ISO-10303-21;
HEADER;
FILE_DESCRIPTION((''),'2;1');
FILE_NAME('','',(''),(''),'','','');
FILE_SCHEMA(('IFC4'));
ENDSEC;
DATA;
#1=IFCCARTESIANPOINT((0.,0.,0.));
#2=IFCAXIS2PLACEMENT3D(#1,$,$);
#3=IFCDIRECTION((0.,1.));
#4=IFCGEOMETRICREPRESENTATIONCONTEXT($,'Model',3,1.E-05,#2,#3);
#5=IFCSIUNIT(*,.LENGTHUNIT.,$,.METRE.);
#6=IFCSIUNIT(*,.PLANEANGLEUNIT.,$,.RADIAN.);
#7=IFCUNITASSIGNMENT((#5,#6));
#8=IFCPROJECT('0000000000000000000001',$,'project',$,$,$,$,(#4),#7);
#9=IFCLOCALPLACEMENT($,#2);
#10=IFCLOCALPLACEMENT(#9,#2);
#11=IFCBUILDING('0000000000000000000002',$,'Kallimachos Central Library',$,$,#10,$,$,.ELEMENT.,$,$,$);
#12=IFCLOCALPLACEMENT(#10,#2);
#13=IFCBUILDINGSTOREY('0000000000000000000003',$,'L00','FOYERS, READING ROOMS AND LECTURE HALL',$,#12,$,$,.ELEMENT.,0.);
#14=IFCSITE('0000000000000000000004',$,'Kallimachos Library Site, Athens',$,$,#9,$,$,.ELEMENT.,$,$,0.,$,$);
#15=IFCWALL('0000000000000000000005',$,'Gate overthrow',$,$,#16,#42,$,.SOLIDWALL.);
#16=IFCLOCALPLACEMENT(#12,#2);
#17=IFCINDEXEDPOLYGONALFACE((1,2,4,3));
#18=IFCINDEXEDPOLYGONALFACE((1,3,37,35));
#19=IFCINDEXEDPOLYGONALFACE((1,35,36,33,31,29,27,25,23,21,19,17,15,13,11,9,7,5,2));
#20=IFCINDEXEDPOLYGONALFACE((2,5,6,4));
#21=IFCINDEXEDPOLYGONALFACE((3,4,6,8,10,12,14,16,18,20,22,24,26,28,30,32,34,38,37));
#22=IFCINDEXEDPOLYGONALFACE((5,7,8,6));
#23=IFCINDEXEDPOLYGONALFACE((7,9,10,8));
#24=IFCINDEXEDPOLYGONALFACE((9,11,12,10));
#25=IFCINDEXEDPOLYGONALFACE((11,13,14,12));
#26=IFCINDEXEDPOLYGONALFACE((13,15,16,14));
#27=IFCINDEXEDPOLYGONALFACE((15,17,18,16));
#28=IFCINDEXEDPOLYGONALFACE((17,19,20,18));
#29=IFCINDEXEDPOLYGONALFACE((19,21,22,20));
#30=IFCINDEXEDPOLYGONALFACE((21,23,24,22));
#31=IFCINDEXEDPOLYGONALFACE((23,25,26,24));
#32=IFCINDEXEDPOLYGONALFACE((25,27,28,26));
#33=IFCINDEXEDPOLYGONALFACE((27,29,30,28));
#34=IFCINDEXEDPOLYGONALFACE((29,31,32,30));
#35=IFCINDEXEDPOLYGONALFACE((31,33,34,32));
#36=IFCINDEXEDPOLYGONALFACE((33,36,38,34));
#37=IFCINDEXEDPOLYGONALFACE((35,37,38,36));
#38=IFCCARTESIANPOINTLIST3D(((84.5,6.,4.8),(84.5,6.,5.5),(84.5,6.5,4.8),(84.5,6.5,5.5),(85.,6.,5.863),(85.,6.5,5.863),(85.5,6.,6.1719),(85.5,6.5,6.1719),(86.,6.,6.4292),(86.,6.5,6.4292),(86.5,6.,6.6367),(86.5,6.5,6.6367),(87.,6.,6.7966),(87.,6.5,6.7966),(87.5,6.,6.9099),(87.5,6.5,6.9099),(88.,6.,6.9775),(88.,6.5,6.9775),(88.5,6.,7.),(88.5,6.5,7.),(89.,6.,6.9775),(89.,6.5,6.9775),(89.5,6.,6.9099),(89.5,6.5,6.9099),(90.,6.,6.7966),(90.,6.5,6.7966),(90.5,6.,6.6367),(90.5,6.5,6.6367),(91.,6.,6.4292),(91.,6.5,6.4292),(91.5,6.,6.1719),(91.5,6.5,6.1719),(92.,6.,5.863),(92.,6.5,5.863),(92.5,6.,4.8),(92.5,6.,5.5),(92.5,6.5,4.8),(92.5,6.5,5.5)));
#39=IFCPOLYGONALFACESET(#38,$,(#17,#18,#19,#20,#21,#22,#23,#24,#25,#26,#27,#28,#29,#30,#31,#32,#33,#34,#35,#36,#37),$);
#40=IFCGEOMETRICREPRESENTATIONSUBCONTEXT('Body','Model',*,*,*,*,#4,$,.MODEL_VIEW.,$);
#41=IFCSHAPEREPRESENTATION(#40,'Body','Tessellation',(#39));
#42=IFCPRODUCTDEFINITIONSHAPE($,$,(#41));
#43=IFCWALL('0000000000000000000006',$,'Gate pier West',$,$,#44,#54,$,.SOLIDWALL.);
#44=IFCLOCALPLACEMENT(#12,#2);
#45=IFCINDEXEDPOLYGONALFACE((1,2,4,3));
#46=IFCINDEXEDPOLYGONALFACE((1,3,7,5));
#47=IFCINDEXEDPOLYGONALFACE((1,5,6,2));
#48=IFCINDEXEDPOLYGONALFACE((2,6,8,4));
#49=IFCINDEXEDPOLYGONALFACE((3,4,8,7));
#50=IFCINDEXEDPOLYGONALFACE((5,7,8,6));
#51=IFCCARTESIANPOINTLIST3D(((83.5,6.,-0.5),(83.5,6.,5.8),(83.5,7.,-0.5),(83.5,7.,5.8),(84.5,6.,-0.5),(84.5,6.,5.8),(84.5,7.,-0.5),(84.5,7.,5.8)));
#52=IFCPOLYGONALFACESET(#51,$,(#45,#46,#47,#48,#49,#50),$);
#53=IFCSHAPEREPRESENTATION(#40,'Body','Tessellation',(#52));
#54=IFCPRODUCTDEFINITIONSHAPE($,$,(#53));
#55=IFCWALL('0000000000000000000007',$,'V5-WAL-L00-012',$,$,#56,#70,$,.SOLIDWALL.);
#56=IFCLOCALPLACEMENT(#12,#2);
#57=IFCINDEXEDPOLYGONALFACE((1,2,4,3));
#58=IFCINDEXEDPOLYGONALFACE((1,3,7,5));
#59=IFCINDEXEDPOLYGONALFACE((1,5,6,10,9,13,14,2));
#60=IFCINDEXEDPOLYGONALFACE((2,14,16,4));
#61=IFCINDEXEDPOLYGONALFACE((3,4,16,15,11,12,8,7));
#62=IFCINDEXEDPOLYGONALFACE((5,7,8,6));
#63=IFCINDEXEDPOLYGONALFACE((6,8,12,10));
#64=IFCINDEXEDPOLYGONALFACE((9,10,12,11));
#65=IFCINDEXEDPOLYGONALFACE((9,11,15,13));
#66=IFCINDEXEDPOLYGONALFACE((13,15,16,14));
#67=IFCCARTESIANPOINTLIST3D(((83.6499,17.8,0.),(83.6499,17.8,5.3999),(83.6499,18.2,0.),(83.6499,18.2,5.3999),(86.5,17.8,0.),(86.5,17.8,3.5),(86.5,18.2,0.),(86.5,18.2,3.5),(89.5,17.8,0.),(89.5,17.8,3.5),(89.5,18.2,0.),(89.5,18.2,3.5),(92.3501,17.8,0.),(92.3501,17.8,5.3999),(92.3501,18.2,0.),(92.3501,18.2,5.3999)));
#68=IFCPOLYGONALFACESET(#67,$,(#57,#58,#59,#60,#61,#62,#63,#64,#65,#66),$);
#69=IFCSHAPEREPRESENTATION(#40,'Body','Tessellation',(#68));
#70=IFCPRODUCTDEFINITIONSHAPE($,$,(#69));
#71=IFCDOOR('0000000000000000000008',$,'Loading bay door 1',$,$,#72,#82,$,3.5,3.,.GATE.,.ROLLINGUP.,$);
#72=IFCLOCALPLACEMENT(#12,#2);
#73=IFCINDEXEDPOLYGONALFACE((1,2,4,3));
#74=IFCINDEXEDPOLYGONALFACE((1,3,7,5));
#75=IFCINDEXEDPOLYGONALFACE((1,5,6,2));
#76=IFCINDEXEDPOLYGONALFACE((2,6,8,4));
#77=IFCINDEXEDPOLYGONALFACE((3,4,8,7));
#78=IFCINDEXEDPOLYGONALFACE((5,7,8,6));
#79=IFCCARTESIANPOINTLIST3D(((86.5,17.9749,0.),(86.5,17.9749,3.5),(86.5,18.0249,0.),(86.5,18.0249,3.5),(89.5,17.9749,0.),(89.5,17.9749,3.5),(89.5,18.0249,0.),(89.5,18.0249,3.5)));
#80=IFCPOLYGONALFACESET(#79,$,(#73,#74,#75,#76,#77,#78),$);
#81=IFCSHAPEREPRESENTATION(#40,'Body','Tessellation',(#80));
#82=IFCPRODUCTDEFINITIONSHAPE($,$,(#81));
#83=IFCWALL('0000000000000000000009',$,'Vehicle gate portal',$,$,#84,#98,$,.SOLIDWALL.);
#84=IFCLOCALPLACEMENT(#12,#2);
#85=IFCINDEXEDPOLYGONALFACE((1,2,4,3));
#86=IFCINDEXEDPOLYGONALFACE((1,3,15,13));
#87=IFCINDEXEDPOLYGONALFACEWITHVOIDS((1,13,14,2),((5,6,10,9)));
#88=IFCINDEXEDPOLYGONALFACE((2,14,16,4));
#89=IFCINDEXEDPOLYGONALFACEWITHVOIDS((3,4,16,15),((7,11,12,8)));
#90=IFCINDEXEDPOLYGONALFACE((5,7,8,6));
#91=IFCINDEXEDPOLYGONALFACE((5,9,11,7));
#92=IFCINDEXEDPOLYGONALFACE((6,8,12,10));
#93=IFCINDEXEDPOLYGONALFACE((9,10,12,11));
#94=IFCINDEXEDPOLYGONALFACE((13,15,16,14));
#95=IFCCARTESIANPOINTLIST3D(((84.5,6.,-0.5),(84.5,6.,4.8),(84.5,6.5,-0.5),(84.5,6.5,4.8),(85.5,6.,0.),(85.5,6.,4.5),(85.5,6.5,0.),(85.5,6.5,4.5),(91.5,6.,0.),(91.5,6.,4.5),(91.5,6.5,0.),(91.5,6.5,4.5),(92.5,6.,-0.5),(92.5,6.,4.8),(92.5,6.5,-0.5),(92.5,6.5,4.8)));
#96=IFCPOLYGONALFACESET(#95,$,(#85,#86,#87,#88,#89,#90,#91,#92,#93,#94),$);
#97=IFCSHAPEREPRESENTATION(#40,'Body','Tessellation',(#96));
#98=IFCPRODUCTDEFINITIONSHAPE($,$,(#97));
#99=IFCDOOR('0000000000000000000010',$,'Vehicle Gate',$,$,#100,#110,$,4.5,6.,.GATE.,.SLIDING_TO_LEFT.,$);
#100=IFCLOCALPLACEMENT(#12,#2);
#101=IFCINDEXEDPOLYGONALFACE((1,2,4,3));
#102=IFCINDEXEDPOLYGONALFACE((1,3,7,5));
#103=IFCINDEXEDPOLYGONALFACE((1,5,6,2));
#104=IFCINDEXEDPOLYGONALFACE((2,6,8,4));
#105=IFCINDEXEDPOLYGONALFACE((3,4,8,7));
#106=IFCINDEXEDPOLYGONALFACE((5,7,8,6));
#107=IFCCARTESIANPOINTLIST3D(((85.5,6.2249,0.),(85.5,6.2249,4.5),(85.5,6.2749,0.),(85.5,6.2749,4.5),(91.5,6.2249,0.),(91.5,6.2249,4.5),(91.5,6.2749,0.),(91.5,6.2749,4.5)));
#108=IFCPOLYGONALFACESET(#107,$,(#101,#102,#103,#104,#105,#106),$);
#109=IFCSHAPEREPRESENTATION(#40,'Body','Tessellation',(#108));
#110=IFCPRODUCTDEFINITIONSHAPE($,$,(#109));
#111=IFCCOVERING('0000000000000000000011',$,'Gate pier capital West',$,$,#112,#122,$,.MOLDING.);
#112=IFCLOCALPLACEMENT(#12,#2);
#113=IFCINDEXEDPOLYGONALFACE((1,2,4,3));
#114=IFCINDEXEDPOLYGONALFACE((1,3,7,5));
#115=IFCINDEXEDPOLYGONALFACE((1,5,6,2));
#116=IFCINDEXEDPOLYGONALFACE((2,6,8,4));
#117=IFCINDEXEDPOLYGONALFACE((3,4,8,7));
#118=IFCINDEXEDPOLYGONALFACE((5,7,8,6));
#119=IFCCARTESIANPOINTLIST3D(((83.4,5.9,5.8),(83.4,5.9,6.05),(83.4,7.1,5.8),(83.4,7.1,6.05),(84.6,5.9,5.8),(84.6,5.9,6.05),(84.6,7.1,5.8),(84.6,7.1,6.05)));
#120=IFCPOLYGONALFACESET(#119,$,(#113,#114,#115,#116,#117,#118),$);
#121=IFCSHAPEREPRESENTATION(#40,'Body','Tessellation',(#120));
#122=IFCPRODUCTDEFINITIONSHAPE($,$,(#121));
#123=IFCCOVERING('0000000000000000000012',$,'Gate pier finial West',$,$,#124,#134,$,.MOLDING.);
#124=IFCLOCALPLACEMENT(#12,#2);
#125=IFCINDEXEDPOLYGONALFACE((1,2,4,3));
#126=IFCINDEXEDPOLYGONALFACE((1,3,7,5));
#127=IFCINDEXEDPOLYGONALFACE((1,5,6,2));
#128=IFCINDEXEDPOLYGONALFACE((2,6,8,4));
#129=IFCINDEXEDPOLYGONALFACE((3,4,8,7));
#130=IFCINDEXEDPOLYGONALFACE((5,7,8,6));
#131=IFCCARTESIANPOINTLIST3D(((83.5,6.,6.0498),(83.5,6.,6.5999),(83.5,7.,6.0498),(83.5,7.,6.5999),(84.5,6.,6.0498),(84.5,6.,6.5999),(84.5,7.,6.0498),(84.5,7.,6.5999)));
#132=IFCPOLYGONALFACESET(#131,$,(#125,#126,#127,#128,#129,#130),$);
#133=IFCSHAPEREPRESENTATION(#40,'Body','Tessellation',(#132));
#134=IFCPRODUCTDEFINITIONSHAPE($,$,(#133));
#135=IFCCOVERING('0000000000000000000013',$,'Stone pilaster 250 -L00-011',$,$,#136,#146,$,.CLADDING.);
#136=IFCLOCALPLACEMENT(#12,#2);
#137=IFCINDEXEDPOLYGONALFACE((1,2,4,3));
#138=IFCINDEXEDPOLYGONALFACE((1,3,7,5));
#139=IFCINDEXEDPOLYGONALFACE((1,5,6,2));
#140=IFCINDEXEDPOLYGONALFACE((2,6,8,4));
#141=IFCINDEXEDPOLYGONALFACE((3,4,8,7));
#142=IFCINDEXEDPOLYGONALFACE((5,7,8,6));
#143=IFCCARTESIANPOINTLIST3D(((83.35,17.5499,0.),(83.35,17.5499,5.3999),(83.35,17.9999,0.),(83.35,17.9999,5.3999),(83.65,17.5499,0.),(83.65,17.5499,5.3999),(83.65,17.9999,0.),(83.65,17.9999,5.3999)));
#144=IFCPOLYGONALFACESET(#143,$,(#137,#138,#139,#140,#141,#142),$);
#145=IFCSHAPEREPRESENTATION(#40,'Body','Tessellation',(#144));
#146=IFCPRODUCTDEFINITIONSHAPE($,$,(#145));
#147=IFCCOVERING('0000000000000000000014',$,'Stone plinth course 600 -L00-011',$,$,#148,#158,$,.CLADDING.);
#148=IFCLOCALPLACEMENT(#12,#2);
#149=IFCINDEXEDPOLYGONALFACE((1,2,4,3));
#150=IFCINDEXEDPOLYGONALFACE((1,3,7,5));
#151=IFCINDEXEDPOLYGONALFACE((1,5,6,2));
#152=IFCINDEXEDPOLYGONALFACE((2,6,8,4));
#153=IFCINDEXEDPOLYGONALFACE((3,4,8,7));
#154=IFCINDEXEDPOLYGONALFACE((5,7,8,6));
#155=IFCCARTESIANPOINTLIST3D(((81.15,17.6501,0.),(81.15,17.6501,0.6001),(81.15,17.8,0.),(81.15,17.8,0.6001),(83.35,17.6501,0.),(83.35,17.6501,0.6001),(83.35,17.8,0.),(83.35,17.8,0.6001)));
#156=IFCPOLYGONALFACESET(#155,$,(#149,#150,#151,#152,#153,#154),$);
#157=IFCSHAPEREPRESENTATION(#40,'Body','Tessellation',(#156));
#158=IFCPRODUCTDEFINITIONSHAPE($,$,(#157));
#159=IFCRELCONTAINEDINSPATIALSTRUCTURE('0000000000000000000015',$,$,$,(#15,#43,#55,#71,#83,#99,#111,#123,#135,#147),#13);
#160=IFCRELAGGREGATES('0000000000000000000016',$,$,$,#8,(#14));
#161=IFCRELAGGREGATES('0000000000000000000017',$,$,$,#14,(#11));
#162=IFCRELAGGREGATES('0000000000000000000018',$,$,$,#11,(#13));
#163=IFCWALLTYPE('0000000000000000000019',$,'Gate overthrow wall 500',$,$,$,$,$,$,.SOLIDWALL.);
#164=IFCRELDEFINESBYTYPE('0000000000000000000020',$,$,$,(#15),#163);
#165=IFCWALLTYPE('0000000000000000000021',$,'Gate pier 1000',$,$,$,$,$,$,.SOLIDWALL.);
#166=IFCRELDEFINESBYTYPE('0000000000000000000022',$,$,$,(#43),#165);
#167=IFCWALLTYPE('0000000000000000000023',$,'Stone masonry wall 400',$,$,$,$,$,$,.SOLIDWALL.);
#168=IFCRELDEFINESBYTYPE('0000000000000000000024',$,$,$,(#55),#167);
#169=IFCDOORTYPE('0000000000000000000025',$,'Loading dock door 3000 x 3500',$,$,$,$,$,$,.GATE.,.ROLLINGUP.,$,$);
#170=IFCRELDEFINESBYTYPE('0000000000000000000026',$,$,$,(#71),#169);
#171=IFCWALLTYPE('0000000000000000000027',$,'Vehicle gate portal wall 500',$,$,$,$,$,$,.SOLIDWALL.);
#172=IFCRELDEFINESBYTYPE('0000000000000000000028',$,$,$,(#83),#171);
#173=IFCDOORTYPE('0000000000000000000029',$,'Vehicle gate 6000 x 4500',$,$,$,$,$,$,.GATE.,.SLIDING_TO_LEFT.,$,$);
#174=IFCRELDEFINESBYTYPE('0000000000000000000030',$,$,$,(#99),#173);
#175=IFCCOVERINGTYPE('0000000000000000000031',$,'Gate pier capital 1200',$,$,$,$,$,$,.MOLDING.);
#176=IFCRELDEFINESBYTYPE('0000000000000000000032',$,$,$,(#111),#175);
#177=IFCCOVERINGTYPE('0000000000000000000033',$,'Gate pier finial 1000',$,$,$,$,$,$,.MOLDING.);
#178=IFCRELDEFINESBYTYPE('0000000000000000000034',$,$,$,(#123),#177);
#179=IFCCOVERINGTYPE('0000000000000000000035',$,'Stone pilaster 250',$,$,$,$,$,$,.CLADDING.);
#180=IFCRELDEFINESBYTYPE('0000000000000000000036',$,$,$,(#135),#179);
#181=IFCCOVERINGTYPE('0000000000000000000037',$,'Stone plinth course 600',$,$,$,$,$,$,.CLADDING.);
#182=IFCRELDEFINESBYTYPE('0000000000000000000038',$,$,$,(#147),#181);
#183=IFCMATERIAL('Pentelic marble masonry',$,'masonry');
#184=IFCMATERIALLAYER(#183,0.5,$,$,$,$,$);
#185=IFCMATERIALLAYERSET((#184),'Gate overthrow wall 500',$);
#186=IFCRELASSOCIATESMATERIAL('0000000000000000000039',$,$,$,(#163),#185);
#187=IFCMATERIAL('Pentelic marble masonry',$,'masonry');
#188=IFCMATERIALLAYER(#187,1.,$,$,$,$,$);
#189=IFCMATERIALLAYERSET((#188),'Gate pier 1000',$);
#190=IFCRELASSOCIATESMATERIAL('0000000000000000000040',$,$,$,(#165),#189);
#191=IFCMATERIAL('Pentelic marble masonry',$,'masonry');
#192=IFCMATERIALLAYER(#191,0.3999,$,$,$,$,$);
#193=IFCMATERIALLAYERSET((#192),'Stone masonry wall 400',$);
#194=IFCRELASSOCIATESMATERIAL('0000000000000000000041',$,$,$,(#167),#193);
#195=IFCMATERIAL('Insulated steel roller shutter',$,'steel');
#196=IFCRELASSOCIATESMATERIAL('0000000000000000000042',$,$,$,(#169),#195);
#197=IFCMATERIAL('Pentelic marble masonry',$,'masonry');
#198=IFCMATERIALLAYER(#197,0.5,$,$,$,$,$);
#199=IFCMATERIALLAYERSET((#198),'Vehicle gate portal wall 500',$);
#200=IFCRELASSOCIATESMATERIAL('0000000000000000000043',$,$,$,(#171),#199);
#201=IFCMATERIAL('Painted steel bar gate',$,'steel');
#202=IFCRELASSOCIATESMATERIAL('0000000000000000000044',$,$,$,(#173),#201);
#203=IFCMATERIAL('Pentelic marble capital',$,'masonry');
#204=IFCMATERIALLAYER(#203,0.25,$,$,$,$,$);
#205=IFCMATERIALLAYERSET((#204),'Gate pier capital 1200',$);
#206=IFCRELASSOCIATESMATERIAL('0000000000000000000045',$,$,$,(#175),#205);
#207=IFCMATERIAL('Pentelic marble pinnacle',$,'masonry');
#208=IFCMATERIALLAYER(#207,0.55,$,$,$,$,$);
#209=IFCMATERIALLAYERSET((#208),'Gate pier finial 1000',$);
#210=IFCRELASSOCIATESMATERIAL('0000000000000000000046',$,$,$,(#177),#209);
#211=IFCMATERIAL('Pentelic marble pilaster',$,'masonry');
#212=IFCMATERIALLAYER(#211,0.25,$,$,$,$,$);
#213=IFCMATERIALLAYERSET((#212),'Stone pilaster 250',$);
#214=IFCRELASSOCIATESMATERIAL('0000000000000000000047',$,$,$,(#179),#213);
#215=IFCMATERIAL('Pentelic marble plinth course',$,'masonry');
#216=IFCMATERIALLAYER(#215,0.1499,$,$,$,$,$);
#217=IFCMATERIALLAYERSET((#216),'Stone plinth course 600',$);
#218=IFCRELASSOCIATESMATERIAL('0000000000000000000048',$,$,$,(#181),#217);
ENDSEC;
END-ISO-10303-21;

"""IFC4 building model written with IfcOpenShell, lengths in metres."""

from ifc_helpers import new_model, si_unit, direction, frame, frame_2d, origin, origin_2d, place, context, subcontext, project, spatial, polyline, rectangle, outline, extrude, material, layer, layer_set, type_object, element, fill, save


model = new_model("IFC4")

# Units and contexts
model_context = context("Model", 3, precision=1e-05, world=origin(), true_north=direction((0.0, 1.0)))
body_context = subcontext(model_context, "Body", "Model", "MODEL_VIEW")
ifc_project = project(units=[si_unit("LENGTHUNIT", "METRE"), si_unit("PLANEANGLEUNIT", "RADIAN")], contexts=[model_context])

# Site, building, storey
site_placement = place(None, origin())
site = spatial("IfcSite", under=ifc_project, at=site_placement, Name="Kallimachos Library Site, Athens", CompositionType="ELEMENT", RefElevation=0.0)
building_placement = place(site_placement, origin())
building = spatial("IfcBuilding", under=site, at=building_placement, Name="Kallimachos Central Library", CompositionType="ELEMENT")
storey_placement = place(building_placement, origin())
storey = spatial("IfcBuildingStorey", under=building, at=storey_placement, Name="L00", Description="FOYERS, READING ROOMS AND LECTURE HALL", CompositionType="ELEMENT", Elevation=0.0)

# Walls
ifc_material_1 = material(Name="Pentelic marble masonry", Category="masonry")
ifc_layer_1 = layer(ifc_material_1, 0.5)
ifc_layer_set_1 = layer_set([ifc_layer_1], Name="Gate overthrow wall 500")
wall_type_1 = type_object("IfcWallType", Name="Gate overthrow wall 500", PredefinedType="SOLIDWALL", material=ifc_layer_set_1)
wall_1_placement = place(storey_placement, frame((84.5, 6.25, 4.8), z_axis=(0.0, 0.0, 1.0), x_axis=(1.0, 0.0, 0.0)))
element("IfcWall", 1, at=wall_1_placement, inside=storey, type_object=wall_type_1, Name="Gate overthrow", PredefinedType="SOLIDWALL", context=body_context, shape_type="SweptSolid", body=[
    extrude(outline(polyline([(0.0, 0.0), (8.0, 0.0), (8.0, 0.7), (7.5, 1.063), (7.0, 1.3718), (6.5, 1.6292), (6.0, 1.8367), (5.5, 1.9966), (5.0, 2.1099), (4.5, 2.1775), (4.0, 2.2), (3.5, 2.1775), (3.0, 2.1099), (2.5, 1.9966), (2.0, 1.8367), (1.5, 1.6292), (1.0, 1.3718), (0.5, 1.063), (0.0, 0.7), (0.0, 0.0)])), frame((0.0, 0.25, 0.0), z_axis=(0.0, -1.0, 0.0), x_axis=(1.0, 0.0, 0.0)), (0.0, 0.0, 1.0), 0.5),
])
ifc_material_2 = material(Name="Pentelic marble masonry", Category="masonry")
ifc_layer_2 = layer(ifc_material_2, 1.0)
ifc_layer_set_2 = layer_set([ifc_layer_2], Name="Gate pier 1000")
wall_type_2 = type_object("IfcWallType", Name="Gate pier 1000", PredefinedType="SOLIDWALL", material=ifc_layer_set_2)
wall_2_placement = place(storey_placement, frame((84.0, 6.0, -0.5), z_axis=(0.0, 0.0, 1.0), x_axis=(0.0, 1.0, 0.0)))
element("IfcWall", 2, at=wall_2_placement, inside=storey, type_object=wall_type_2, Name="Gate pier West", PredefinedType="SOLIDWALL", context=body_context, shape_type="SweptSolid", body=[
    extrude(rectangle(XDim=1.0, YDim=1.0, at=frame_2d((0.5, 0.0))), origin(), (0.0, 0.0, 1.0), 6.3),
])

# Walls, openings, doors
ifc_material_3 = material(Name="Pentelic marble masonry", Category="masonry")
ifc_layer_3 = layer(ifc_material_3, 0.3999)
ifc_layer_set_3 = layer_set([ifc_layer_3], Name="Stone masonry wall 400")
wall_type_3 = type_object("IfcWallType", Name="Stone masonry wall 400", PredefinedType="SOLIDWALL", material=ifc_layer_set_3)
wall_3_placement = place(storey_placement, frame((83.6499, 18.0, 0.0), z_axis=(0.0, 0.0, 1.0), x_axis=(1.0, 0.0, 0.0)))
wall_3 = element("IfcWall", 3, at=wall_3_placement, inside=storey, type_object=wall_type_3, Name="V5-WAL-L00-012", PredefinedType="SOLIDWALL", context=body_context, shape_type="SweptSolid", body=[
    extrude(rectangle(XDim=8.7002, YDim=0.3999, at=frame_2d((4.3501, 0.0))), origin(), (0.0, 0.0, 1.0), 5.3999),
])
opening_1_placement = place(wall_3_placement, frame((2.8501, 0.0, 0.0)))
opening_1 = element("IfcOpeningElement", 4, at=opening_1_placement, cuts=wall_3, PredefinedType="OPENING", context=body_context, shape_type="SweptSolid", body=[
    extrude(rectangle(XDim=3.0, YDim=3.5, at=frame_2d((1.5, 1.75))), frame((0.0, 0.21, 0.0), z_axis=(0.0, -1.0, 0.0), x_axis=(1.0, 0.0, 0.0)), (0.0, 0.0, 1.0), 0.4199),
])
ifc_material_4 = material(Name="Insulated steel roller shutter", Category="steel")
door_type_1 = type_object("IfcDoorType", Name="Loading dock door 3000 x 3500", OperationType="ROLLINGUP", PredefinedType="GATE", material=ifc_material_4)
door_1_placement = place(opening_1_placement, origin())
door_1 = element("IfcDoor", 5, at=door_1_placement, inside=storey, type_object=door_type_1, Name="Loading bay door 1", OperationType="ROLLINGUP", OverallHeight=3.5, OverallWidth=3.0, PredefinedType="GATE", context=body_context, shape_type="SweptSolid", body=[
    extrude(rectangle(XDim=3.0, YDim=3.5, at=frame_2d((1.5, 1.75))), frame((0.0, 0.0249, 0.0), z_axis=(0.0, -1.0, 0.0), x_axis=(1.0, 0.0, 0.0)), (0.0, 0.0, 1.0), 0.05),
])
fill(opening_1, door_1)
ifc_material_5 = material(Name="Pentelic marble masonry", Category="masonry")
ifc_layer_4 = layer(ifc_material_5, 0.5)
ifc_layer_set_4 = layer_set([ifc_layer_4], Name="Vehicle gate portal wall 500")
wall_type_4 = type_object("IfcWallType", Name="Vehicle gate portal wall 500", PredefinedType="SOLIDWALL", material=ifc_layer_set_4)
wall_4_placement = place(storey_placement, frame((84.5, 6.25, -0.5), z_axis=(0.0, 0.0, 1.0), x_axis=(1.0, 0.0, 0.0)))
wall_4 = element("IfcWall", 6, at=wall_4_placement, inside=storey, type_object=wall_type_4, Name="Vehicle gate portal", PredefinedType="SOLIDWALL", context=body_context, shape_type="SweptSolid", body=[
    extrude(rectangle(XDim=8.0, YDim=0.5, at=frame_2d((4.0, 0.0))), origin(), (0.0, 0.0, 1.0), 5.3),
])
opening_2_placement = place(wall_4_placement, frame((1.0, 0.0, 0.5)))
opening_2 = element("IfcOpeningElement", 7, at=opening_2_placement, cuts=wall_4, PredefinedType="OPENING", context=body_context, shape_type="SweptSolid", body=[
    extrude(rectangle(XDim=6.0, YDim=4.5, at=frame_2d((3.0, 2.25))), frame((0.0, 0.26, 0.0), z_axis=(0.0, -1.0, 0.0), x_axis=(1.0, 0.0, 0.0)), (0.0, 0.0, 1.0), 0.52),
])
ifc_material_6 = material(Name="Painted steel bar gate", Category="steel")
door_type_2 = type_object("IfcDoorType", Name="Vehicle gate 6000 x 4500", OperationType="SLIDING_TO_LEFT", PredefinedType="GATE", material=ifc_material_6)
door_2_placement = place(opening_2_placement, origin())
door_2 = element("IfcDoor", 8, at=door_2_placement, inside=storey, type_object=door_type_2, Name="Vehicle Gate", OperationType="SLIDING_TO_LEFT", OverallHeight=4.5, OverallWidth=6.0, PredefinedType="GATE", context=body_context, shape_type="SweptSolid", body=[
    extrude(rectangle(XDim=6.0, YDim=4.5, at=frame_2d((3.0, 2.25))), frame((0.0, 0.0249, 0.0), z_axis=(0.0, -1.0, 0.0), x_axis=(1.0, 0.0, 0.0)), (0.0, 0.0, 1.0), 0.05),
])
fill(opening_2, door_2)

# Coverings
ifc_material_7 = material(Name="Pentelic marble capital", Category="masonry")
ifc_layer_5 = layer(ifc_material_7, 0.25)
ifc_layer_set_5 = layer_set([ifc_layer_5], Name="Gate pier capital 1200")
covering_type_1 = type_object("IfcCoveringType", Name="Gate pier capital 1200", PredefinedType="MOLDING", material=ifc_layer_set_5)
covering_1_placement = place(storey_placement, frame((84.0, 6.5, 5.8), z_axis=(0.0, 0.0, 1.0), x_axis=(1.0, 0.0, 0.0)))
element("IfcCovering", 9, at=covering_1_placement, inside=storey, type_object=covering_type_1, Name="Gate pier capital West", PredefinedType="MOLDING", context=body_context, shape_type="SweptSolid", body=[
    extrude(rectangle(XDim=1.2, YDim=1.2, at=origin_2d()), origin(), (0.0, 0.0, 1.0), 0.25),
])
ifc_material_8 = material(Name="Pentelic marble pinnacle", Category="masonry")
ifc_layer_6 = layer(ifc_material_8, 0.55)
ifc_layer_set_6 = layer_set([ifc_layer_6], Name="Gate pier finial 1000")
covering_type_2 = type_object("IfcCoveringType", Name="Gate pier finial 1000", PredefinedType="MOLDING", material=ifc_layer_set_6)
covering_2_placement = place(storey_placement, frame((84.0, 6.5, 6.0498), z_axis=(0.0, 0.0, 1.0), x_axis=(1.0, 0.0, 0.0)))
element("IfcCovering", 10, at=covering_2_placement, inside=storey, type_object=covering_type_2, Name="Gate pier finial West", PredefinedType="MOLDING", context=body_context, shape_type="SweptSolid", body=[
    extrude(rectangle(XDim=1.0, YDim=1.0, at=origin_2d()), origin(), (0.0, 0.0, 1.0), 0.55),
])
ifc_material_9 = material(Name="Pentelic marble pilaster", Category="masonry")
ifc_layer_7 = layer(ifc_material_9, 0.25)
ifc_layer_set_7 = layer_set([ifc_layer_7], Name="Stone pilaster 250")
covering_type_3 = type_object("IfcCoveringType", Name="Stone pilaster 250", PredefinedType="CLADDING", material=ifc_layer_set_7)
covering_3_placement = place(storey_placement, frame((83.5, 17.7749, 0.0), z_axis=(0.0, 0.0, 1.0), x_axis=(1.0, 0.0, 0.0)))
element("IfcCovering", 11, at=covering_3_placement, inside=storey, type_object=covering_type_3, Name="Stone pilaster 250 -L00-011", PredefinedType="CLADDING", context=body_context, shape_type="SweptSolid", body=[
    extrude(rectangle(XDim=0.3, YDim=0.45, at=origin_2d()), origin(), (0.0, 0.0, 1.0), 5.3999),
])
ifc_material_10 = material(Name="Pentelic marble plinth course", Category="masonry")
ifc_layer_8 = layer(ifc_material_10, 0.1499)
ifc_layer_set_8 = layer_set([ifc_layer_8], Name="Stone plinth course 600")
covering_type_4 = type_object("IfcCoveringType", Name="Stone plinth course 600", PredefinedType="CLADDING", material=ifc_layer_set_8)
covering_4_placement = place(storey_placement, frame((82.25, 17.7251, 0.0), z_axis=(0.0, 0.0, 1.0), x_axis=(1.0, 0.0, 0.0)))
element("IfcCovering", 12, at=covering_4_placement, inside=storey, type_object=covering_type_4, Name="Stone plinth course 600 -L00-011", PredefinedType="CLADDING", context=body_context, shape_type="SweptSolid", body=[
    extrude(rectangle(XDim=2.2, YDim=0.1499, at=origin_2d()), origin(), (0.0, 0.0, 1.0), 0.6001),
])

save(model, "model.ifc")
